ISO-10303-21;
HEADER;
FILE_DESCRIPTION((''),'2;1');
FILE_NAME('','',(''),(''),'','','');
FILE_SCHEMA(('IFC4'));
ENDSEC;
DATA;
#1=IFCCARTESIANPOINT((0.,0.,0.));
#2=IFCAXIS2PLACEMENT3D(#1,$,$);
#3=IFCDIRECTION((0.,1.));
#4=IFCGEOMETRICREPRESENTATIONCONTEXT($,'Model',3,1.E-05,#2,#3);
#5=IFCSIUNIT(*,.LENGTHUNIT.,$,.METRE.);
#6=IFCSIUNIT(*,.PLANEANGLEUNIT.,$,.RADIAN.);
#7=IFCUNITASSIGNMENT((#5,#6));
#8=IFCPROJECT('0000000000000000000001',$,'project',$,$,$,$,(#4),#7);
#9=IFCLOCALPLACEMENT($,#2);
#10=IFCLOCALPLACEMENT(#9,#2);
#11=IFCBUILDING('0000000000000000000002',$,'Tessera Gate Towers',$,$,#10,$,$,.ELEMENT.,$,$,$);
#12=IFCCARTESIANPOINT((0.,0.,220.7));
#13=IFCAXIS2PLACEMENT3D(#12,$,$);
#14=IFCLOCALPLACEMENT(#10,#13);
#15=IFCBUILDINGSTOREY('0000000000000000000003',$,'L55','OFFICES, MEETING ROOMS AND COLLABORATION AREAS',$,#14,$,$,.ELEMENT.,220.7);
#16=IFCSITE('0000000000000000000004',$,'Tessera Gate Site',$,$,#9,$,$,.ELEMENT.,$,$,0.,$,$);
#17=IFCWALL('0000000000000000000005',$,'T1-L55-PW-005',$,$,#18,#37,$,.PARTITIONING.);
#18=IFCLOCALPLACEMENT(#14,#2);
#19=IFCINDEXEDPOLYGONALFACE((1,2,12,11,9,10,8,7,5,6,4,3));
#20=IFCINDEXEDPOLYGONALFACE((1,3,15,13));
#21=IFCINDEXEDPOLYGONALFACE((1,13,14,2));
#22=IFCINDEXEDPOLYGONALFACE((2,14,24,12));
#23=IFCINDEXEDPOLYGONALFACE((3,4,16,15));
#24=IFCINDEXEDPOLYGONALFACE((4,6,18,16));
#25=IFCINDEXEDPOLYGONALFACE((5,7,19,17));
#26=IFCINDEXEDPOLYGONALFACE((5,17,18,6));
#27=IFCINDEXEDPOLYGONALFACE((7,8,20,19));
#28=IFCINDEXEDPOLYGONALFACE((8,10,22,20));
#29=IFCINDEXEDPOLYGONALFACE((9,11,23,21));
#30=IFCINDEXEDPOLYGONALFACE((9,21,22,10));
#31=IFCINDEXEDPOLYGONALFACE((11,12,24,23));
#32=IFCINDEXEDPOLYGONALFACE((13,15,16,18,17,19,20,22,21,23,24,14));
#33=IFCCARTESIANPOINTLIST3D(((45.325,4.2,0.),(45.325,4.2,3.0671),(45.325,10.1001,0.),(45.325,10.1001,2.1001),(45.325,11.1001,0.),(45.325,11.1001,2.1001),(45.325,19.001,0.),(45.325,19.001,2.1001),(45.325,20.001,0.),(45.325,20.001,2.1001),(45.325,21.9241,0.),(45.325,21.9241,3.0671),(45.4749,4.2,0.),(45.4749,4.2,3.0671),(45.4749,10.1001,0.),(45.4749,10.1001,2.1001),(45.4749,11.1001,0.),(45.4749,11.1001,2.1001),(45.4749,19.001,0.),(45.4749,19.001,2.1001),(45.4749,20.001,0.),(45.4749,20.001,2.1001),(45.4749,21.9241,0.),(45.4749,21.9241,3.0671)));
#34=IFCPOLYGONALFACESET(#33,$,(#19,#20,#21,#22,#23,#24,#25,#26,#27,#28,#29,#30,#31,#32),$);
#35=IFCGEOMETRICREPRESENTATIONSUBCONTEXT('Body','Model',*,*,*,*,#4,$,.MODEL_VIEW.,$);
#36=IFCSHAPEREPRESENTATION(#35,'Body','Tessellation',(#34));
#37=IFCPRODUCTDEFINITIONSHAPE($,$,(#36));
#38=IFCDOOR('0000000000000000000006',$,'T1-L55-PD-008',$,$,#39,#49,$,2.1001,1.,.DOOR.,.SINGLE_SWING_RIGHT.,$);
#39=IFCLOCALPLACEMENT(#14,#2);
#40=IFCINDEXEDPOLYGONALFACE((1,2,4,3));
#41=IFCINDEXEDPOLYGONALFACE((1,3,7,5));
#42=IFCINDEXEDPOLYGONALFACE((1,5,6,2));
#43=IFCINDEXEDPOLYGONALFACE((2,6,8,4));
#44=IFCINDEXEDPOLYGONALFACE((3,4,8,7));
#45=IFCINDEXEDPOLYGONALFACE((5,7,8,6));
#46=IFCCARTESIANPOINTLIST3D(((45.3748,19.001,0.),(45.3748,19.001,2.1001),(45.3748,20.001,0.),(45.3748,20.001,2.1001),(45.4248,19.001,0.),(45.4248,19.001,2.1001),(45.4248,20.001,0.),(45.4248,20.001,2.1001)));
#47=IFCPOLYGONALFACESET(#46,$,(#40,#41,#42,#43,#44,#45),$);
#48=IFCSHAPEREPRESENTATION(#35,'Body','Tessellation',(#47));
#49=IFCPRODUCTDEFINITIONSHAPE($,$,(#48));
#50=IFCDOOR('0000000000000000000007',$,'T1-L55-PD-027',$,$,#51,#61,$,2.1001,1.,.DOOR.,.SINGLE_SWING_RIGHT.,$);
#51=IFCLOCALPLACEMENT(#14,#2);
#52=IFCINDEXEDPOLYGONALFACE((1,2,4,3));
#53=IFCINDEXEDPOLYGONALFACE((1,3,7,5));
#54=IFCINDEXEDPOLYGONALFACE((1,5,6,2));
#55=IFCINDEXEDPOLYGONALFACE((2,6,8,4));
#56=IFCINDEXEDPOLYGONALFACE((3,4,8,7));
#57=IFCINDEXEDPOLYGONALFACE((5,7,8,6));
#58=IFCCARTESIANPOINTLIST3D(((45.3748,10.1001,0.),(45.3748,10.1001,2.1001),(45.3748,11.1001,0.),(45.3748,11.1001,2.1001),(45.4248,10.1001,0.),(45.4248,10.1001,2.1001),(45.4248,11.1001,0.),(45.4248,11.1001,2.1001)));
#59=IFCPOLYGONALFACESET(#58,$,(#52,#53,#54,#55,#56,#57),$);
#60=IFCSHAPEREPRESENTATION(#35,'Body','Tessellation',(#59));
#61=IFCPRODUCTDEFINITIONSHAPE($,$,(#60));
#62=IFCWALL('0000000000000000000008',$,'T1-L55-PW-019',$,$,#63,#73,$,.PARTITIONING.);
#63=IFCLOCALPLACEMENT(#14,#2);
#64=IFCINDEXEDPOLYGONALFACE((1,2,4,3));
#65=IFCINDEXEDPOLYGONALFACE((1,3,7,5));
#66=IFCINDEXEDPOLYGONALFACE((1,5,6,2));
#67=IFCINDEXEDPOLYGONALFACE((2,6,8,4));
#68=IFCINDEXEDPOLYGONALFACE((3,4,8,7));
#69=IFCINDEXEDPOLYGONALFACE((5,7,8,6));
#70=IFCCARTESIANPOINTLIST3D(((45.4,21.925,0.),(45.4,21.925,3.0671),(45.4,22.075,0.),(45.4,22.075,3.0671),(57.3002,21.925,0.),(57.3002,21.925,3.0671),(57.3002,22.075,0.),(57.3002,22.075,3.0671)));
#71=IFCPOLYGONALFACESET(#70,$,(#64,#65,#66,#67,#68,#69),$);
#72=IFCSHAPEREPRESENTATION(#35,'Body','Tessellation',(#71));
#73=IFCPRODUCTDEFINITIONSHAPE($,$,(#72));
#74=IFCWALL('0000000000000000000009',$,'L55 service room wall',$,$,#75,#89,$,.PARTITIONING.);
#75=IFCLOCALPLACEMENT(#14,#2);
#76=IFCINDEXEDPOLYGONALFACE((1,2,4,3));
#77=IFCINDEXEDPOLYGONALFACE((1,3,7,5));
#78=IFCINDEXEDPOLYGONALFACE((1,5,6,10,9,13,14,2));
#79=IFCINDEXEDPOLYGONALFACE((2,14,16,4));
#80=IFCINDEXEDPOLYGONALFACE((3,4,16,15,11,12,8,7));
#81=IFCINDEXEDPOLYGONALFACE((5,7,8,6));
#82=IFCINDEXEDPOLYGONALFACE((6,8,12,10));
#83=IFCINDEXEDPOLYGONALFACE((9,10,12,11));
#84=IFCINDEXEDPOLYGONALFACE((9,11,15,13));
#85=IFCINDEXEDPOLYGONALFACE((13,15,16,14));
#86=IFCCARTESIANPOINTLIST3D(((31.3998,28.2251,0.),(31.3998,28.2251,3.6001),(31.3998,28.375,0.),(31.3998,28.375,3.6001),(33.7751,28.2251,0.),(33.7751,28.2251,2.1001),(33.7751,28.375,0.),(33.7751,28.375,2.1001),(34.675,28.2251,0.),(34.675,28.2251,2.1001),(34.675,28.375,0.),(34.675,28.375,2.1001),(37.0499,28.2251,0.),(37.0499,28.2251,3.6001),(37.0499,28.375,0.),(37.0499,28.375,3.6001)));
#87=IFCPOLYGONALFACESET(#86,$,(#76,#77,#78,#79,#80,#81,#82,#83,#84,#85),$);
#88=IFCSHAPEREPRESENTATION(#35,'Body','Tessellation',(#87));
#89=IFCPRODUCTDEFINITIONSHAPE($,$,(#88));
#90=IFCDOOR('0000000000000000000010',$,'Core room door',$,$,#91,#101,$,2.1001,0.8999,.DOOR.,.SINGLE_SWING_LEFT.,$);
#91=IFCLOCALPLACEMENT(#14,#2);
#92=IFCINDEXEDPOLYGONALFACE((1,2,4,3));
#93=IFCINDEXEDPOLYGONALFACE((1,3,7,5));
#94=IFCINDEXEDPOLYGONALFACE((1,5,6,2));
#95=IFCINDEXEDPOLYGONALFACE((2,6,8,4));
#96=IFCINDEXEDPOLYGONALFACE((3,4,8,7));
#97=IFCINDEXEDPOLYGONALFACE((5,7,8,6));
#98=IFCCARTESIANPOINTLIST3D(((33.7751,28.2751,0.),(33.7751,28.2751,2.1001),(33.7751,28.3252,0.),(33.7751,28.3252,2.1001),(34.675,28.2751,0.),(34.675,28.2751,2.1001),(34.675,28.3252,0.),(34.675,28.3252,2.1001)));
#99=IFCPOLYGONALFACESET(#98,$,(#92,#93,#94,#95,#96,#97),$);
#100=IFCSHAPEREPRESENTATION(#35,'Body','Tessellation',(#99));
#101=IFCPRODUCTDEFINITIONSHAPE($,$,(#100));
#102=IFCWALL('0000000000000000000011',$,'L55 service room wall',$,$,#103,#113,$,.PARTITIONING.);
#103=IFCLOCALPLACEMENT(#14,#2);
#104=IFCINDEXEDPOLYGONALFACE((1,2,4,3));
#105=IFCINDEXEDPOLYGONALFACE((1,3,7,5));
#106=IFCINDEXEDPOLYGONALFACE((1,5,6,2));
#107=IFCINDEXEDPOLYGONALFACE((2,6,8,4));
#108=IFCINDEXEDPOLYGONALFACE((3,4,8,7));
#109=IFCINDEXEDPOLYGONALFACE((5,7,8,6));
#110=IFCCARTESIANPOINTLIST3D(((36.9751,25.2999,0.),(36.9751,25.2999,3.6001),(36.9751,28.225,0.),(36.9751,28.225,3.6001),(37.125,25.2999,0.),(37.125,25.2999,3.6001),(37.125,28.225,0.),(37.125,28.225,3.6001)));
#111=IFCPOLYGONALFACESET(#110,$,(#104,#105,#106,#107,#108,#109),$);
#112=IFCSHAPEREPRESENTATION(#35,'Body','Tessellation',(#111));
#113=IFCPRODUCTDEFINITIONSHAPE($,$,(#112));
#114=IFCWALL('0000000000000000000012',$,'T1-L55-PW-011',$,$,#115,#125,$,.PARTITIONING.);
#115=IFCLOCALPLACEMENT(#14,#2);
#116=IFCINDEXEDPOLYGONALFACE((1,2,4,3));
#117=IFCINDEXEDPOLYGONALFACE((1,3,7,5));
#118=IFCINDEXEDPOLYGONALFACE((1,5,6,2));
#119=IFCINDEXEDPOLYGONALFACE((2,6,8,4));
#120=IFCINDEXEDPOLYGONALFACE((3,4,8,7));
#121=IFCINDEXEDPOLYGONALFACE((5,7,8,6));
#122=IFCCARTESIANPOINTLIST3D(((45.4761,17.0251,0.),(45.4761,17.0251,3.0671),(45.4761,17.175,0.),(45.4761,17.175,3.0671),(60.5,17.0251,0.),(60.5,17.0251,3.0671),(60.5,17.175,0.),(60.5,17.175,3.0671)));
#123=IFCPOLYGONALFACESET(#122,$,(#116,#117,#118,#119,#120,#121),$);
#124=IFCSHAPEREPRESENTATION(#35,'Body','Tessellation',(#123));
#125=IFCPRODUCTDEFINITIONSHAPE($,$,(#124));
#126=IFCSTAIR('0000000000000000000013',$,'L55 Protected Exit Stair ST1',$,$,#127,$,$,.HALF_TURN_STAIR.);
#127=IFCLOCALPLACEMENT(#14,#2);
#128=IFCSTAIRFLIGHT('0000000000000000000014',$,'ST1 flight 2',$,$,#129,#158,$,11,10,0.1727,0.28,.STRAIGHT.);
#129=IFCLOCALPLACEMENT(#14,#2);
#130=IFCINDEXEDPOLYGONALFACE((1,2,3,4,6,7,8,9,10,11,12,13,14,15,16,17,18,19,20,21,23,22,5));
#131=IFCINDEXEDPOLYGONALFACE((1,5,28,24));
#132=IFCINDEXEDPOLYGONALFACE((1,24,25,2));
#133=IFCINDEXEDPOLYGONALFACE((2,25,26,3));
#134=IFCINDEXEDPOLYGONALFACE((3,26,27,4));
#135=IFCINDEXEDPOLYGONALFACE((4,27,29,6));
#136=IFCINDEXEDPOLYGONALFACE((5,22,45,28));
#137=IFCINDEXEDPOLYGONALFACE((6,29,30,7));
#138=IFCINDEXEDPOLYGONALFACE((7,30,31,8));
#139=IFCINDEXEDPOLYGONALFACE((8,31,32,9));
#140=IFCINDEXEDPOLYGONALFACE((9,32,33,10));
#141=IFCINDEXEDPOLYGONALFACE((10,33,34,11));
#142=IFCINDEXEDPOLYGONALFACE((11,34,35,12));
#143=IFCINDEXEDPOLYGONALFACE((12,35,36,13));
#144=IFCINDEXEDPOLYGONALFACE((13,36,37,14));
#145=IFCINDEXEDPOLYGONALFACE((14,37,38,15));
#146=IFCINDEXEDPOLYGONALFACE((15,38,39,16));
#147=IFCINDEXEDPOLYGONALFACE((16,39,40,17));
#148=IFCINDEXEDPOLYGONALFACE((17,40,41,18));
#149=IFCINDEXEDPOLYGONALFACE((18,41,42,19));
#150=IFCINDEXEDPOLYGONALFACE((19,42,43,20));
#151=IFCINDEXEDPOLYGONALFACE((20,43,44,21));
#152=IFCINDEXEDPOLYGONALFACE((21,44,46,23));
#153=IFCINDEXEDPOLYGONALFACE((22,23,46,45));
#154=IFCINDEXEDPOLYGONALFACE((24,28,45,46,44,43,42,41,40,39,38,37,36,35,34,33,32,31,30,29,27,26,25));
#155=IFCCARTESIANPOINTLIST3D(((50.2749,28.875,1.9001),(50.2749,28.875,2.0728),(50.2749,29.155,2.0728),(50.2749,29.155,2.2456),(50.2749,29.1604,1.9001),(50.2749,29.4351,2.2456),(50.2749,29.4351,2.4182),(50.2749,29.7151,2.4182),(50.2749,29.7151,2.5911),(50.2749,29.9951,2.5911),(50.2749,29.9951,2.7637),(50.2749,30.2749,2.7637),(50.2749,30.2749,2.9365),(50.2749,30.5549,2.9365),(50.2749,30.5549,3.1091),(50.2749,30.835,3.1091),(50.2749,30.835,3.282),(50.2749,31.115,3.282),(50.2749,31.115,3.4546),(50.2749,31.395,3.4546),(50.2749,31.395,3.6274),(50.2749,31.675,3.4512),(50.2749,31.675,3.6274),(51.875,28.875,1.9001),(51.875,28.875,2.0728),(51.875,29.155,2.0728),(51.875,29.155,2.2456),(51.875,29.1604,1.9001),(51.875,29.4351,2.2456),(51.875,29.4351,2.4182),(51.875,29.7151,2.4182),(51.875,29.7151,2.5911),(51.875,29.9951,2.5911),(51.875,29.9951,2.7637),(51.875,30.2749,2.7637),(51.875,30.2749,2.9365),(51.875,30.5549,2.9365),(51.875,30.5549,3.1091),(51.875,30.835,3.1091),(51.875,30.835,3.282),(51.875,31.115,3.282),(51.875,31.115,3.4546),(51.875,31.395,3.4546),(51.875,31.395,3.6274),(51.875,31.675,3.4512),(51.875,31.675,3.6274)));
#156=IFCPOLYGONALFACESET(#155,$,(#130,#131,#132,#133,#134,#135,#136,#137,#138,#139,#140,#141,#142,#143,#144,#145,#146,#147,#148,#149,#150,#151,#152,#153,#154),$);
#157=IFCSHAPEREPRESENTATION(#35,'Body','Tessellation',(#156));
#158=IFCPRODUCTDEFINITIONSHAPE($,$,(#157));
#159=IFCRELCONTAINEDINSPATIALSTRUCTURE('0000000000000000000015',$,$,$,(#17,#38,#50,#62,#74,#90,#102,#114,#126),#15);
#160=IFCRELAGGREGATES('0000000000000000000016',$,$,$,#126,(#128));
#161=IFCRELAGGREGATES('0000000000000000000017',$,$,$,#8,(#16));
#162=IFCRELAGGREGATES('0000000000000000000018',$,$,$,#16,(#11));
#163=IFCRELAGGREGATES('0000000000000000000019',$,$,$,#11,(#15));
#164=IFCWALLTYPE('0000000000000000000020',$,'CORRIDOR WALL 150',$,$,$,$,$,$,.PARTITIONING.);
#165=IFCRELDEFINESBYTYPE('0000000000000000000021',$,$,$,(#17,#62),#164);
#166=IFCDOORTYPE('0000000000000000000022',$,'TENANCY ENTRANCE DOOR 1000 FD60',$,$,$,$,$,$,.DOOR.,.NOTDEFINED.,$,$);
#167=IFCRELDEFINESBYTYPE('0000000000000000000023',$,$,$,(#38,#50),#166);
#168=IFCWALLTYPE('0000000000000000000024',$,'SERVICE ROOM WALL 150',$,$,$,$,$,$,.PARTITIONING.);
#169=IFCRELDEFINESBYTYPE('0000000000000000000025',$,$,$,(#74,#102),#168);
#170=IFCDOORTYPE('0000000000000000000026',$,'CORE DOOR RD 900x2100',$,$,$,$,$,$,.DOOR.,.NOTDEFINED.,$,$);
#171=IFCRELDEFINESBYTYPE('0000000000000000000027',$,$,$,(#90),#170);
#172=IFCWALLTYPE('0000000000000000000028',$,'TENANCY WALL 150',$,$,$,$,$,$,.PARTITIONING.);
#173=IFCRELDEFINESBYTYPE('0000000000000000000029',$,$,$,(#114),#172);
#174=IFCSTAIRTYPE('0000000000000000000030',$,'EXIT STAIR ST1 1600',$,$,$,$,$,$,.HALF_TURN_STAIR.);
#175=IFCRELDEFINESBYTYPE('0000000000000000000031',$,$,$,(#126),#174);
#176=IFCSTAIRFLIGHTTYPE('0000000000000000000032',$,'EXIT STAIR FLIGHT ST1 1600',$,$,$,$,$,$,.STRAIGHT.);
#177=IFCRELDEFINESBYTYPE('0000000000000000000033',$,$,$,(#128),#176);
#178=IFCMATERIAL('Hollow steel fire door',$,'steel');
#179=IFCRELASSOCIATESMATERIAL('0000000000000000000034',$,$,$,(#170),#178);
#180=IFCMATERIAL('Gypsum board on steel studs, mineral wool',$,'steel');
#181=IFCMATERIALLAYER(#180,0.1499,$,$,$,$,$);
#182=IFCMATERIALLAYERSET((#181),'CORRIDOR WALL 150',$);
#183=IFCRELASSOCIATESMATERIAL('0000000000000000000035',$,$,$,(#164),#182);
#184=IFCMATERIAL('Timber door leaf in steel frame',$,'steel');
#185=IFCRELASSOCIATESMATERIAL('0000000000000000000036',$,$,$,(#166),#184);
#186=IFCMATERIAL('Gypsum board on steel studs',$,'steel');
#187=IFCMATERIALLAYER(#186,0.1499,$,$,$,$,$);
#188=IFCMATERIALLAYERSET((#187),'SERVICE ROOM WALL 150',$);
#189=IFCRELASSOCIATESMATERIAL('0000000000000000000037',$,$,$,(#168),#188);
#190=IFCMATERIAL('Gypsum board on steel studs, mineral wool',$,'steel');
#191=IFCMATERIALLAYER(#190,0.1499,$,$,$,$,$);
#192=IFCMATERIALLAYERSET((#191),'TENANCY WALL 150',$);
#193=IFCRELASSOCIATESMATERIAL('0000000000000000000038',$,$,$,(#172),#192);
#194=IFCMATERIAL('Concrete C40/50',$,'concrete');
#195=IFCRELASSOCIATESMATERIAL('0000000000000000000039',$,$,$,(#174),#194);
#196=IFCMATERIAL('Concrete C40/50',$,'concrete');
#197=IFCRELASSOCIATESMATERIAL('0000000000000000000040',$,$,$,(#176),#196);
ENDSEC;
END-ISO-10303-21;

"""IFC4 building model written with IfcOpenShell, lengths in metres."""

from ifc_helpers import new_model, si_unit, direction, frame, frame_2d, origin, place, context, subcontext, project, spatial, polyline, rectangle, outline, extrude, source, transform, mapped, material, layer, layer_set, type_object, element, fill, aggregate, save


model = new_model("IFC4")

# Units and contexts
model_context = context("Model", 3, precision=1e-05, world=origin(), true_north=direction((0.0, 1.0)))
body_context = subcontext(model_context, "Body", "Model", "MODEL_VIEW")
ifc_project = project(units=[si_unit("LENGTHUNIT", "METRE"), si_unit("PLANEANGLEUNIT", "RADIAN")], contexts=[model_context])

# Site, building, storey
site_placement = place(None, origin())
site = spatial("IfcSite", under=ifc_project, at=site_placement, Name="Tessera Gate Site", CompositionType="ELEMENT", RefElevation=0.0)
building_placement = place(site_placement, origin())
building = spatial("IfcBuilding", under=site, at=building_placement, Name="Tessera Gate Towers", CompositionType="ELEMENT")
storey_placement = place(building_placement, frame((0.0, 0.0, 220.7)))
storey = spatial("IfcBuildingStorey", under=building, at=storey_placement, Name="L55", Description="OFFICES, MEETING ROOMS AND COLLABORATION AREAS", CompositionType="ELEMENT", Elevation=220.7)

# Shared definitions
ifc_material_1 = material(Name="Hollow steel fire door", Category="steel")
door_type_1 = type_object("IfcDoorType", Name="CORE DOOR RD 900x2100", OperationType="NOTDEFINED", PredefinedType="DOOR", material=ifc_material_1)
shared_shape_1 = source(origin(), body_context, "Body", "SweptSolid", [
    extrude(rectangle(XDim=0.8999, YDim=2.1001, at=frame_2d((0.45, 1.05))), frame((0.0, 0.0249, 0.0), z_axis=(0.0, -1.0, 0.0), x_axis=(1.0, 0.0, 0.0)), (0.0, 0.0, 1.0), 0.05),
])

# Wall, openings, doors
ifc_material_2 = material(Name="Gypsum board on steel studs, mineral wool", Category="steel")
ifc_layer_1 = layer(ifc_material_2, 0.1499)
ifc_layer_set_1 = layer_set([ifc_layer_1], Name="CORRIDOR WALL 150")
wall_type_1 = type_object("IfcWallType", Name="CORRIDOR WALL 150", PredefinedType="PARTITIONING", material=ifc_layer_set_1)
wall_1_placement = place(storey_placement, frame((45.3999, 21.9241, 0.0), z_axis=(0.0, 0.0, 1.0), x_axis=(0.0, -1.0, 0.0)))
wall_1 = element("IfcWall", 1, at=wall_1_placement, inside=storey, type_object=wall_type_1, Name="T1-L55-PW-005", PredefinedType="PARTITIONING", context=body_context, shape_type="SweptSolid", body=[
    extrude(rectangle(XDim=17.7241, YDim=0.1499, at=frame_2d((8.8621, 0.0))), origin(), (0.0, 0.0, 1.0), 3.0671),
])
shared_shape_2 = source(origin(), body_context, "Body", "SweptSolid", [
    extrude(rectangle(XDim=1.0, YDim=2.1001, at=frame_2d((0.5, 1.05))), frame((0.0, 0.085, 0.0), z_axis=(0.0, -1.0, 0.0), x_axis=(1.0, 0.0, 0.0)), (0.0, 0.0, 1.0), 0.1699),
])
opening_1_placement = place(wall_1_placement, frame((1.9231, 0.0, 0.0)))
opening_1 = element("IfcOpeningElement", 2, at=opening_1_placement, cuts=wall_1, PredefinedType="OPENING", context=body_context, shape_type="MappedRepresentation", body=[
    mapped(shared_shape_2, transform((0.0, 0.0, 0.0), scale=1.0)),
])
opening_2_placement = place(wall_1_placement, frame((10.824, 0.0, 0.0)))
opening_2 = element("IfcOpeningElement", 3, at=opening_2_placement, cuts=wall_1, PredefinedType="OPENING", context=body_context, shape_type="MappedRepresentation", body=[
    mapped(shared_shape_2, transform((0.0, 0.0, 0.0), scale=1.0)),
])
ifc_material_3 = material(Name="Timber door leaf in steel frame", Category="steel")
door_type_2 = type_object("IfcDoorType", Name="TENANCY ENTRANCE DOOR 1000 FD60", OperationType="NOTDEFINED", PredefinedType="DOOR", material=ifc_material_3)
shared_shape_3 = source(origin(), body_context, "Body", "SweptSolid", [
    extrude(rectangle(XDim=1.0, YDim=2.1001, at=frame_2d((0.5, 1.05))), frame((0.0, 0.0249, 0.0), z_axis=(0.0, -1.0, 0.0), x_axis=(1.0, 0.0, 0.0)), (0.0, 0.0, 1.0), 0.05),
])
door_1_placement = place(opening_1_placement, origin())
door_1 = element("IfcDoor", 4, at=door_1_placement, inside=storey, type_object=door_type_2, Name="T1-L55-PD-008", OperationType="SINGLE_SWING_RIGHT", OverallHeight=2.1001, OverallWidth=1.0, PredefinedType="DOOR", context=body_context, shape_type="MappedRepresentation", body=[
    mapped(shared_shape_3, transform((0.0, 0.0, 0.0), scale=1.0)),
])
fill(opening_1, door_1)
door_2_placement = place(opening_2_placement, origin())
door_2 = element("IfcDoor", 5, at=door_2_placement, inside=storey, type_object=door_type_2, Name="T1-L55-PD-027", OperationType="SINGLE_SWING_RIGHT", OverallHeight=2.1001, OverallWidth=1.0, PredefinedType="DOOR", context=body_context, shape_type="MappedRepresentation", body=[
    mapped(shared_shape_3, transform((0.0, 0.0, 0.0), scale=1.0)),
])
fill(opening_2, door_2)

# Wall
wall_2_placement = place(storey_placement, frame((45.3999, 22.0, 0.0), z_axis=(0.0, 0.0, 1.0), x_axis=(1.0, 0.0, 0.0)))
element("IfcWall", 6, at=wall_2_placement, inside=storey, type_object=wall_type_1, Name="T1-L55-PW-019", PredefinedType="PARTITIONING", context=body_context, shape_type="SweptSolid", body=[
    extrude(rectangle(XDim=11.9001, YDim=0.1499, at=frame_2d((5.9502, 0.0))), origin(), (0.0, 0.0, 1.0), 3.0671),
])

# Wall, opening, door
ifc_material_4 = material(Name="Gypsum board on steel studs", Category="steel")
ifc_layer_2 = layer(ifc_material_4, 0.1499)
ifc_layer_set_2 = layer_set([ifc_layer_2], Name="SERVICE ROOM WALL 150")
wall_type_2 = type_object("IfcWallType", Name="SERVICE ROOM WALL 150", PredefinedType="PARTITIONING", material=ifc_layer_set_2)
wall_3_placement = place(storey_placement, frame((37.05, 28.3, 0.0), z_axis=(0.0, 0.0, 1.0), x_axis=(-1.0, 0.0, 0.0)))
wall_3 = element("IfcWall", 7, at=wall_3_placement, inside=storey, type_object=wall_type_2, Name="L55 service room wall", PredefinedType="PARTITIONING", context=body_context, shape_type="SweptSolid", body=[
    extrude(rectangle(XDim=5.6501, YDim=0.1499, at=frame_2d((2.8252, 0.0))), origin(), (0.0, 0.0, 1.0), 3.6001),
])
shared_shape_4 = source(origin(), body_context, "Body", "SweptSolid", [
    extrude(rectangle(XDim=0.8999, YDim=2.1001, at=frame_2d((0.45, 1.05))), frame((0.0, 0.085, 0.0), z_axis=(0.0, -1.0, 0.0), x_axis=(1.0, 0.0, 0.0)), (0.0, 0.0, 1.0), 0.1699),
])
opening_3_placement = place(wall_3_placement, frame((2.375, 0.0, 0.0)))
opening_3 = element("IfcOpeningElement", 8, at=opening_3_placement, cuts=wall_3, PredefinedType="OPENING", context=body_context, shape_type="MappedRepresentation", body=[
    mapped(shared_shape_4, transform((0.0, 0.0, 0.0), scale=1.0)),
])
door_3_placement = place(opening_3_placement, origin())
door_3 = element("IfcDoor", 9, at=door_3_placement, inside=storey, type_object=door_type_1, Name="Core room door", OperationType="SINGLE_SWING_LEFT", OverallHeight=2.1001, OverallWidth=0.8999, PredefinedType="DOOR", context=body_context, shape_type="MappedRepresentation", body=[
    mapped(shared_shape_1, transform((0.0, 0.0, 0.0), scale=1.0)),
])
fill(opening_3, door_3)

# Walls
wall_4_placement = place(storey_placement, frame((37.05, 25.3, 0.0), z_axis=(0.0, 0.0, 1.0), x_axis=(0.0, 1.0, 0.0)))
element("IfcWall", 10, at=wall_4_placement, inside=storey, type_object=wall_type_2, Name="L55 service room wall", PredefinedType="PARTITIONING", context=body_context, shape_type="SweptSolid", body=[
    extrude(rectangle(XDim=2.925, YDim=0.1499, at=frame_2d((1.4624, 0.0))), origin(), (0.0, 0.0, 1.0), 3.6001),
])
ifc_material_5 = material(Name="Gypsum board on steel studs, mineral wool", Category="steel")
ifc_layer_3 = layer(ifc_material_5, 0.1499)
ifc_layer_set_3 = layer_set([ifc_layer_3], Name="TENANCY WALL 150")
wall_type_3 = type_object("IfcWallType", Name="TENANCY WALL 150", PredefinedType="PARTITIONING", material=ifc_layer_set_3)
wall_5_placement = place(storey_placement, frame((45.4761, 17.1001, 0.0), z_axis=(0.0, 0.0, 1.0), x_axis=(1.0, 0.0, 0.0)))
element("IfcWall", 11, at=wall_5_placement, inside=storey, type_object=wall_type_3, Name="T1-L55-PW-011", PredefinedType="PARTITIONING", context=body_context, shape_type="SweptSolid", body=[
    extrude(rectangle(XDim=15.0239, YDim=0.1499, at=frame_2d((7.512, 0.0))), origin(), (0.0, 0.0, 1.0), 3.0671),
])

# Stair, stair flight
ifc_material_6 = material(Name="Concrete C40/50", Category="concrete")
stair_type = type_object("IfcStairType", Name="EXIT STAIR ST1 1600", PredefinedType="HALF_TURN_STAIR", material=ifc_material_6)
stair_placement = place(storey_placement, origin())
stair = element("IfcStair", 12, at=stair_placement, inside=storey, type_object=stair_type, Name="L55 Protected Exit Stair ST1", PredefinedType="HALF_TURN_STAIR")
ifc_material_7 = material(Name="Concrete C40/50", Category="concrete")
stair_flight_type = type_object("IfcStairFlightType", Name="EXIT STAIR FLIGHT ST1 1600", PredefinedType="STRAIGHT", material=ifc_material_7)
stair_flight_placement = place(storey_placement, frame((51.075, 28.875, 1.9001), z_axis=(0.0, 0.0, 1.0), x_axis=(0.0, 1.0, 0.0)))
stair_flight = element("IfcStairFlight", 13, at=stair_flight_placement, type_object=stair_flight_type, Name="ST1 flight 2", NumberOfRisers=11, NumberOfTreads=10, PredefinedType="STRAIGHT", RiserHeight=0.1727, TreadLength=0.28, context=body_context, shape_type="SweptSolid", body=[
    extrude(outline(polyline([(0.0, 0.0), (0.0, 0.1726), (0.28, 0.1726), (0.28, 0.3455), (0.5601, 0.3455), (0.5601, 0.5181), (0.8401, 0.5181), (0.8401, 0.6909), (1.1201, 0.6909), (1.1201, 0.8635), (1.3999, 0.8635), (1.3999, 1.0364), (1.6799, 1.0364), (1.6799, 1.209), (1.96, 1.209), (1.96, 1.3818), (2.24, 1.3818), (2.24, 1.5544), (2.52, 1.5544), (2.52, 1.7273), (2.8, 1.7273), (2.8, 1.8999), (2.8, 1.551), (0.2854, 0.0), (0.0, 0.0)])), frame((0.0, 0.8, 0.0), z_axis=(0.0, -1.0, 0.0), x_axis=(1.0, 0.0, 0.0)), (0.0, 0.0, 1.0), 1.6001),
])
aggregate(stair, [stair_flight])

save(model, "model.ifc")
